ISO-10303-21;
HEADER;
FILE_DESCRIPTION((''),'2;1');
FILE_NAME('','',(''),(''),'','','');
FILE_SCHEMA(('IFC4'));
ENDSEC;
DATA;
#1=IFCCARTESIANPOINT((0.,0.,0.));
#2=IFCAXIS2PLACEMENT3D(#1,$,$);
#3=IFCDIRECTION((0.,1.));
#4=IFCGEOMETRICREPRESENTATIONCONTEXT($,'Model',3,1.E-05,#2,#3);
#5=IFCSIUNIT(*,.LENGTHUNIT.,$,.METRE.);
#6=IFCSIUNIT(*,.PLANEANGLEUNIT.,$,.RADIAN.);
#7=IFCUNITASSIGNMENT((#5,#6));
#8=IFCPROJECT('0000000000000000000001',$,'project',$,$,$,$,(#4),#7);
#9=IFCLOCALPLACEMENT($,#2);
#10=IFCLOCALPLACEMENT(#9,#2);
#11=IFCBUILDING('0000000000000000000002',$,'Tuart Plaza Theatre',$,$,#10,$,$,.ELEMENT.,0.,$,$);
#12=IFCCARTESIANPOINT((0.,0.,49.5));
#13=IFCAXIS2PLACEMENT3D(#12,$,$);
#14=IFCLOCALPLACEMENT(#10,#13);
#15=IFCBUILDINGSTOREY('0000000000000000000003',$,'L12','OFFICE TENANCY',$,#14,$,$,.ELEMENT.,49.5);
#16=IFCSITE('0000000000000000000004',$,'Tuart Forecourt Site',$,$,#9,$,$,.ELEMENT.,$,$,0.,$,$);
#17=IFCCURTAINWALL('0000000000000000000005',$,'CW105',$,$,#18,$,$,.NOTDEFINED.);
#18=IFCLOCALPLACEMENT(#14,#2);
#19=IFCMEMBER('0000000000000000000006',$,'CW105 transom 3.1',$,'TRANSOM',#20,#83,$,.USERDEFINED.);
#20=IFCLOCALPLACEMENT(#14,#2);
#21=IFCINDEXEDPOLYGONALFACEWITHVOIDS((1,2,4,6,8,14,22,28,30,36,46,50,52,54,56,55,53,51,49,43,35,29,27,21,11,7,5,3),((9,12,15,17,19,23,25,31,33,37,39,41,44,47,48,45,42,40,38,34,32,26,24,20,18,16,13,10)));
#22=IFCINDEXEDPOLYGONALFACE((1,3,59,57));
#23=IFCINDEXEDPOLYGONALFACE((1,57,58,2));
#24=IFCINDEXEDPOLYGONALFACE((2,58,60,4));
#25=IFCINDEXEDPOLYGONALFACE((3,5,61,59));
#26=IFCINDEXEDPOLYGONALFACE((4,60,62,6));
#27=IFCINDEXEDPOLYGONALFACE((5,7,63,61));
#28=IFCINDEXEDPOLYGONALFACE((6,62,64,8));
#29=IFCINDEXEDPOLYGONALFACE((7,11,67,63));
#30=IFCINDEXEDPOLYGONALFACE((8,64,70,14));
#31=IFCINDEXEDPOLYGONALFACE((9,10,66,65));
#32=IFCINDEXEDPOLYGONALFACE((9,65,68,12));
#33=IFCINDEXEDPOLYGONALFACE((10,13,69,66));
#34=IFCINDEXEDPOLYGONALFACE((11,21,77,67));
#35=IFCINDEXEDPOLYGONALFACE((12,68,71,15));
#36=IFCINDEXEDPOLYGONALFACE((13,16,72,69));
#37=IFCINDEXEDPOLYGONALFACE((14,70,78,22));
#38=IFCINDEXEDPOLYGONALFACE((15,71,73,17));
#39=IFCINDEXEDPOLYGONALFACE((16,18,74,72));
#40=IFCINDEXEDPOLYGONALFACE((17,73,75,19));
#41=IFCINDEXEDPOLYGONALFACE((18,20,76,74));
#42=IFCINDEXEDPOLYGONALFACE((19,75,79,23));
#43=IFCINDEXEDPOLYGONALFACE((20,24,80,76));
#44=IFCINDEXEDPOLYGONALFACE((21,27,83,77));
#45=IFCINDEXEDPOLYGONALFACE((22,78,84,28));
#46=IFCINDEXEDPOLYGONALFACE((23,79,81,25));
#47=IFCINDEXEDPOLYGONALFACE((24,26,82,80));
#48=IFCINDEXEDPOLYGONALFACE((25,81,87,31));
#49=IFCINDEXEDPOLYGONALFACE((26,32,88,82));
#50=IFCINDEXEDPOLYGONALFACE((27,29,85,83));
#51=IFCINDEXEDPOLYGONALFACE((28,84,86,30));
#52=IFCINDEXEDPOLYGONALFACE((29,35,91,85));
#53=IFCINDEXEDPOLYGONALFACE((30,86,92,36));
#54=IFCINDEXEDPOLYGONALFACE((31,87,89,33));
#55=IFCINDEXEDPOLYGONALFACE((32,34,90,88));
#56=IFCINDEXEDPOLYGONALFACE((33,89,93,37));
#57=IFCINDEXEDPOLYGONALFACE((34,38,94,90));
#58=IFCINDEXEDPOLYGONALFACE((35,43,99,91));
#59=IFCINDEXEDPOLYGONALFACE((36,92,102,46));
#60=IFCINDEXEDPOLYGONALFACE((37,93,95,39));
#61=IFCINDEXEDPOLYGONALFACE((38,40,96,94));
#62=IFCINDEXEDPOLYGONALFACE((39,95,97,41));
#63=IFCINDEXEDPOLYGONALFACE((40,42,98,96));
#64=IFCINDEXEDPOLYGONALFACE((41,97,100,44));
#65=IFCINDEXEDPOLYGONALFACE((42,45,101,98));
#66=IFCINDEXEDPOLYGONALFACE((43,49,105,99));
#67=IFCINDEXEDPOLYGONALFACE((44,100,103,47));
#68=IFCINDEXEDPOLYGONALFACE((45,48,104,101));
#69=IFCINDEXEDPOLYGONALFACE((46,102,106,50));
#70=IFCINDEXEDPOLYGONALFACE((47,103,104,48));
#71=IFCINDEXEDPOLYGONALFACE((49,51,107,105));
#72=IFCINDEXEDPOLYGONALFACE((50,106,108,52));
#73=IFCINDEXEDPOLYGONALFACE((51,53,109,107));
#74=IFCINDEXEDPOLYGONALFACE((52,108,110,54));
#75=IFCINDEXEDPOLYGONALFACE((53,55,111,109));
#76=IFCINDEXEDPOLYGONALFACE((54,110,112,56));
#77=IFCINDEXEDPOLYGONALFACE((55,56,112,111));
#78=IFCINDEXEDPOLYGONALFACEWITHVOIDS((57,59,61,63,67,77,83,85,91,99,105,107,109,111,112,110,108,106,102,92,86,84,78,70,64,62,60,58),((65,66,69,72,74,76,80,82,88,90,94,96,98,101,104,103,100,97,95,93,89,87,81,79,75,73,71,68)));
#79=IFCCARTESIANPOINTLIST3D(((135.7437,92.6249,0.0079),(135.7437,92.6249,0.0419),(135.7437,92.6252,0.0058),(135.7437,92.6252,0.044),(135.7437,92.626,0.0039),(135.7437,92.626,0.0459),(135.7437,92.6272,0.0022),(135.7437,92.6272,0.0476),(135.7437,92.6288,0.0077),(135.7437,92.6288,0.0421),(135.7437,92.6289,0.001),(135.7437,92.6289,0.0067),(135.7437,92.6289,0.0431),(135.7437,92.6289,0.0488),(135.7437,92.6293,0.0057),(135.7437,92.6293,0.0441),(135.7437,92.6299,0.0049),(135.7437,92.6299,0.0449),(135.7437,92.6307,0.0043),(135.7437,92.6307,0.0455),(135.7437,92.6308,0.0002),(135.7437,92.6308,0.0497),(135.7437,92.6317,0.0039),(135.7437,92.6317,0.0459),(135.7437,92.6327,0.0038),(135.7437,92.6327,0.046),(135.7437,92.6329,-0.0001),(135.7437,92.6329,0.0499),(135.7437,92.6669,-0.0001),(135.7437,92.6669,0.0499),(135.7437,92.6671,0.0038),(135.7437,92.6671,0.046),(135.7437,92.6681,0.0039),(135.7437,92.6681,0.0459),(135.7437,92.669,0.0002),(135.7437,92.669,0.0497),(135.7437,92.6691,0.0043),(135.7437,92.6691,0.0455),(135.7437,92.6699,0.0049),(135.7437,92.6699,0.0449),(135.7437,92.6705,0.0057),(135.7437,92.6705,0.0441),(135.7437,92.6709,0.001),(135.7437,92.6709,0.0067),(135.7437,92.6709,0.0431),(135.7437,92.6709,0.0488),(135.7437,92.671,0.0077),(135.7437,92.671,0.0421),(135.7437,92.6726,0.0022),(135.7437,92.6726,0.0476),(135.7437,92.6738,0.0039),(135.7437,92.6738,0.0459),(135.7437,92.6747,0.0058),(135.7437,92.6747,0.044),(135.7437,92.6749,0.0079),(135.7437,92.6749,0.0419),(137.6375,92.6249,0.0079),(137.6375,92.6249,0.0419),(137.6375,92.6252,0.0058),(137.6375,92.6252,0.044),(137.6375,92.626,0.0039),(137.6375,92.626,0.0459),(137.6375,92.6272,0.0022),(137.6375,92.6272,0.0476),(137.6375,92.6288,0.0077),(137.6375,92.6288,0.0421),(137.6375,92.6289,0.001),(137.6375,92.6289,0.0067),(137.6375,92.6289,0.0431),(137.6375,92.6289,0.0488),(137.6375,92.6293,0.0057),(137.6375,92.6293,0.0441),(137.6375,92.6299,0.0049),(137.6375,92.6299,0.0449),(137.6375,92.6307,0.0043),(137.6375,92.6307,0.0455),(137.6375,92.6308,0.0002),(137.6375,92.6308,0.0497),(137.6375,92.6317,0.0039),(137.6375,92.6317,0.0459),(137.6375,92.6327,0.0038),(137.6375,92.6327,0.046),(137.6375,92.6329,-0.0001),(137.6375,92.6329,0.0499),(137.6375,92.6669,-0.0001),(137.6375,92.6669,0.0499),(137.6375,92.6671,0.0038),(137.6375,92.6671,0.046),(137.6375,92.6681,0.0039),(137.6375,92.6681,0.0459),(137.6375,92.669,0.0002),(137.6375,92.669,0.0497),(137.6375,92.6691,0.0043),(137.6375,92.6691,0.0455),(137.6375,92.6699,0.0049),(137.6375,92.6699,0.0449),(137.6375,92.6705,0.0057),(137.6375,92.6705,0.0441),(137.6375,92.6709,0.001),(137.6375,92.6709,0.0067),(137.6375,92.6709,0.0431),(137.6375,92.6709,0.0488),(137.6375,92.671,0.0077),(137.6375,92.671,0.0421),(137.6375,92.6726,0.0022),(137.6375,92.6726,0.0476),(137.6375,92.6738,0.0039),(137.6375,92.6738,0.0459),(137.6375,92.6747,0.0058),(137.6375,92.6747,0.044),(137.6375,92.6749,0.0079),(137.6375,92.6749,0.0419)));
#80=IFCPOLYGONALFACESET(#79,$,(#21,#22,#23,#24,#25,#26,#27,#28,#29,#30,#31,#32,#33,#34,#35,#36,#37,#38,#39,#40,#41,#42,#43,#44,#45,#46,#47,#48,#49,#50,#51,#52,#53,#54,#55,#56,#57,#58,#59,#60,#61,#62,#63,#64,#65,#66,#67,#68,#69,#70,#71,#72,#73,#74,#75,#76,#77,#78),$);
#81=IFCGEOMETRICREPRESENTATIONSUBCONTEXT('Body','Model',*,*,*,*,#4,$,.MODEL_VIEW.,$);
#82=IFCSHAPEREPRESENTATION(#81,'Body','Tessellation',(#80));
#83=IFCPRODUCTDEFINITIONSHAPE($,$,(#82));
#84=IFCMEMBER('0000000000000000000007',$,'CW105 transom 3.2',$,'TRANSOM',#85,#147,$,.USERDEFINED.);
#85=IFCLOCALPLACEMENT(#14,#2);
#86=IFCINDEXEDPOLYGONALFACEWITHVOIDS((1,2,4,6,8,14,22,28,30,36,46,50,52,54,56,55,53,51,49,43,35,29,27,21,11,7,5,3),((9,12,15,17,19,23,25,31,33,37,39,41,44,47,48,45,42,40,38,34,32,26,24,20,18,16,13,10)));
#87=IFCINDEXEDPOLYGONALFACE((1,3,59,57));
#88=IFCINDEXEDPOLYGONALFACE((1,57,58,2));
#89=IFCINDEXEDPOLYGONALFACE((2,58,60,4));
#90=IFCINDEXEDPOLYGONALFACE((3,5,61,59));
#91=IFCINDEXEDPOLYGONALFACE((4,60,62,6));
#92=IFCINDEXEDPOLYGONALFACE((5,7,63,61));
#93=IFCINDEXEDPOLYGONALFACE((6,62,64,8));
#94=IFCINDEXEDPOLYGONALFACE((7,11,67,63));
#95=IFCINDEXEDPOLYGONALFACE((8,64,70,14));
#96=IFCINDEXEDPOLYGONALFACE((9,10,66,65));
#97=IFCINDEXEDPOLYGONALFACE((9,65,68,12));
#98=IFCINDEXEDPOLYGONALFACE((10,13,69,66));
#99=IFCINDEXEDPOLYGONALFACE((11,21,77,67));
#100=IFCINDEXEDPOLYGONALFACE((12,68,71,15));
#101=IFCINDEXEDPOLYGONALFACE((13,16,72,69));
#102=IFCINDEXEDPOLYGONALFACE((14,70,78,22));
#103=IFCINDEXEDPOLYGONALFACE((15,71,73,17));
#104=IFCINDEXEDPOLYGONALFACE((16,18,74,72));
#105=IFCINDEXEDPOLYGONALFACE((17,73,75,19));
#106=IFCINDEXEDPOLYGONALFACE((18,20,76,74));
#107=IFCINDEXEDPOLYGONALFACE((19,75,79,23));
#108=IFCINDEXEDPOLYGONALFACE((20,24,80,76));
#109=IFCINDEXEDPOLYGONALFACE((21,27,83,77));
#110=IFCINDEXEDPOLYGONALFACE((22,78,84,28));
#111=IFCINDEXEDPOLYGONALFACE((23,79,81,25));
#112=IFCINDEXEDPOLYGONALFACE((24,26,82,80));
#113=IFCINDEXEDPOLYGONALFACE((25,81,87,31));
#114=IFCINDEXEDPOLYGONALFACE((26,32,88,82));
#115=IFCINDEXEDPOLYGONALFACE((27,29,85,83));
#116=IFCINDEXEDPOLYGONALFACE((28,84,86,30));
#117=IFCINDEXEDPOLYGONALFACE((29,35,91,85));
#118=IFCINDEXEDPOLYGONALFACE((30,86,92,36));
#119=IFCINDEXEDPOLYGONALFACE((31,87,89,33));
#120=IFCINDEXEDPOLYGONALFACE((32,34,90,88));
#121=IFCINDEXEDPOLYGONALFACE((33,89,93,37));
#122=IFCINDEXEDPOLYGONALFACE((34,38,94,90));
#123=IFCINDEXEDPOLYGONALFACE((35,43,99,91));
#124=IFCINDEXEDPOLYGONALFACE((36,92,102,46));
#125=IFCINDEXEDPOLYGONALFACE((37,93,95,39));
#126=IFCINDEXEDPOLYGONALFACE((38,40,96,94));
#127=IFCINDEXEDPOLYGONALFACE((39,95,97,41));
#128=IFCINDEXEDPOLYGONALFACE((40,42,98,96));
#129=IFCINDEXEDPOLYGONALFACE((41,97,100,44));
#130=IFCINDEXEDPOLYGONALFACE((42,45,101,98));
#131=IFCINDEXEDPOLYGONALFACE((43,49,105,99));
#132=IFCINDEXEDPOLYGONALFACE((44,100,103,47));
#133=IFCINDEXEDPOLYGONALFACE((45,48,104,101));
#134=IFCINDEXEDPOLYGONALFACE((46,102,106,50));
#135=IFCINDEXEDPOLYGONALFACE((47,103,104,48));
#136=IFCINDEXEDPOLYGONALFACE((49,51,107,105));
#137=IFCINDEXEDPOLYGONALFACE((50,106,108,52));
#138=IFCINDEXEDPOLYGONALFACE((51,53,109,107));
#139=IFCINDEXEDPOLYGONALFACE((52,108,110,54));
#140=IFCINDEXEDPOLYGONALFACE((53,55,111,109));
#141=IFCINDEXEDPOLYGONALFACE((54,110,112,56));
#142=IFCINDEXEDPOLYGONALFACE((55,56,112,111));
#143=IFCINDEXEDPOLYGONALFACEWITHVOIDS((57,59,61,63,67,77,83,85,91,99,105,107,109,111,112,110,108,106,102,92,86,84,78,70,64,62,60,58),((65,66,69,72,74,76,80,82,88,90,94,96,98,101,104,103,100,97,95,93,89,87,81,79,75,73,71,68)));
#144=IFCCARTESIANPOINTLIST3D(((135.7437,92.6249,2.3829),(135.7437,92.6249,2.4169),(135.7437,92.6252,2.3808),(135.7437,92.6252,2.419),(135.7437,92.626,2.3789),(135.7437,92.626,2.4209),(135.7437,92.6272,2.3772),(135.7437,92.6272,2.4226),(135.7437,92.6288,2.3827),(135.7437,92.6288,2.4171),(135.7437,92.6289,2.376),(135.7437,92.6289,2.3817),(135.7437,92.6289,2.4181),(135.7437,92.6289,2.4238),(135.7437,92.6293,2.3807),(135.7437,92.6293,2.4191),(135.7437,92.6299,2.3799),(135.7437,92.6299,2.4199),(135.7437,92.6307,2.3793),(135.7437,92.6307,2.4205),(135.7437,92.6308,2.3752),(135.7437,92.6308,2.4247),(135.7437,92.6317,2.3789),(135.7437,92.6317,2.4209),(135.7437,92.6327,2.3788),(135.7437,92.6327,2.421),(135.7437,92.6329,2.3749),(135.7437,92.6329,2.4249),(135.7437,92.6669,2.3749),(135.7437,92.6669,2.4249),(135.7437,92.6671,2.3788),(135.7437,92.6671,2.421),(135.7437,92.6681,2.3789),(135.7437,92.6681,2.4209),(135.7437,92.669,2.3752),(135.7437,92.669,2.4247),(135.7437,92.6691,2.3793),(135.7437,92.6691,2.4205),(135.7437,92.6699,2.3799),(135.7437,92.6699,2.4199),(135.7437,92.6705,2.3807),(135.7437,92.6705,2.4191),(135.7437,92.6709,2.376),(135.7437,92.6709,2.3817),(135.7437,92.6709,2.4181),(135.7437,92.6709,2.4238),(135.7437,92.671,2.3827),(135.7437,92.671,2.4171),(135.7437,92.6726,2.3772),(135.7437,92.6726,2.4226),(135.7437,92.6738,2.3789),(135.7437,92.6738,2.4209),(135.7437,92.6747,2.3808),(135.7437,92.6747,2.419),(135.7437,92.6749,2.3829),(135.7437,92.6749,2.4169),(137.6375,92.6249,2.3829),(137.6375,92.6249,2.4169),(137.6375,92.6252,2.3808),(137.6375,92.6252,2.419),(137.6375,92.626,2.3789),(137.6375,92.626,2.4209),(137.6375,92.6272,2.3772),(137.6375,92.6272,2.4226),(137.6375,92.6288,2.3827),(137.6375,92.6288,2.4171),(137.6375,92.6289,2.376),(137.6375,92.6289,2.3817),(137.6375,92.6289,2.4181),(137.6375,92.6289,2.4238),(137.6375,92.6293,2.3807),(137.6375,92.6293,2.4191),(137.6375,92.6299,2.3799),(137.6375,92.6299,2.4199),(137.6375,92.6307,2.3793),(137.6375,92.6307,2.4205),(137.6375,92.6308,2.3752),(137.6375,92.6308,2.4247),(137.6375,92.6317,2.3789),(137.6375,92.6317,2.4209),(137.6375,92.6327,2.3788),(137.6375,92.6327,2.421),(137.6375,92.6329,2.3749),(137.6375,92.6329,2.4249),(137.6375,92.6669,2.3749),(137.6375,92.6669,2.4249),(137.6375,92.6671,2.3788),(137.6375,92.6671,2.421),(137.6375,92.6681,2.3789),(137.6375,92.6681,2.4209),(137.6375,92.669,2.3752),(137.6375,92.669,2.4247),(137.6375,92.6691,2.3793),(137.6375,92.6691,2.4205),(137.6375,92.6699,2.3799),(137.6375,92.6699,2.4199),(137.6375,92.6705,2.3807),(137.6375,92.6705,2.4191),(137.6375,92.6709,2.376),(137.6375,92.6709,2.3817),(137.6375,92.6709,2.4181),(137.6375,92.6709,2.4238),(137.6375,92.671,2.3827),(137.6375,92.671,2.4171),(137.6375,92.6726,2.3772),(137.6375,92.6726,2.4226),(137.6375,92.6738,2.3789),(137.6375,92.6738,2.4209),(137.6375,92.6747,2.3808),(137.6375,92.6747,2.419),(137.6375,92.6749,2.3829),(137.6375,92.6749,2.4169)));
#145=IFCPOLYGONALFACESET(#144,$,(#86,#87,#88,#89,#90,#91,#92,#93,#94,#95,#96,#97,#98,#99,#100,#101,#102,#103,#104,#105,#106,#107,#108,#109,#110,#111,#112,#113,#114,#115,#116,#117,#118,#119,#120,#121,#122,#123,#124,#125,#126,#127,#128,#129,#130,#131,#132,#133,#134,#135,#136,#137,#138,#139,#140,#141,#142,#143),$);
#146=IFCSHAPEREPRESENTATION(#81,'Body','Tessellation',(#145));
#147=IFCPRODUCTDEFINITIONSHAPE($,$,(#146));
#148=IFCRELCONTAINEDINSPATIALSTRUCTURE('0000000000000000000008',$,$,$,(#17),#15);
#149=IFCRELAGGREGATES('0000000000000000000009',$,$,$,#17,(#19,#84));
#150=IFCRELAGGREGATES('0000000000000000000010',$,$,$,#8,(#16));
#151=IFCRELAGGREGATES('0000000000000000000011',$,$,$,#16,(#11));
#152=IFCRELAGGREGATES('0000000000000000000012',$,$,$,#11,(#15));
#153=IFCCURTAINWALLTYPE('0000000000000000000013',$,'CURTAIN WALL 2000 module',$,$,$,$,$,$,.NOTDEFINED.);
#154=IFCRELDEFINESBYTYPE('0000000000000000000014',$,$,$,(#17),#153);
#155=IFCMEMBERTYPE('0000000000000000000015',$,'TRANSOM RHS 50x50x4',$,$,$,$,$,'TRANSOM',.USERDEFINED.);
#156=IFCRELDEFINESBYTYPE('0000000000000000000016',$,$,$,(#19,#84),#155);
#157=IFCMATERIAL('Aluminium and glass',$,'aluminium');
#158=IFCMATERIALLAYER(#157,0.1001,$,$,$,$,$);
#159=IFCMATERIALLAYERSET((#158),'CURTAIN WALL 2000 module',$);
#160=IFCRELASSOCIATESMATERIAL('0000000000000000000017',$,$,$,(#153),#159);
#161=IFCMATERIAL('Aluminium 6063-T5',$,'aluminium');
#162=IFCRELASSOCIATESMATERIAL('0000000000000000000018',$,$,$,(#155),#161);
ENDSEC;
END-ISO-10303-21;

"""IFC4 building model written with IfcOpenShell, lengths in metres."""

from ifc_helpers import new_model, si_unit, direction, frame, origin, origin_2d, place, context, subcontext, project, spatial, hollow_rectangle, extrude, material, layer, layer_set, material_profile, profile_set, type_object, element, aggregate, save


model = new_model("IFC4")

# Units and contexts
model_context = context("Model", 3, precision=1e-05, world=origin(), true_north=direction((0.0, 1.0)))
body_context = subcontext(model_context, "Body", "Model", "MODEL_VIEW")
ifc_project = project(units=[si_unit("LENGTHUNIT", "METRE"), si_unit("PLANEANGLEUNIT", "RADIAN")], contexts=[model_context])

# Site, building, storey
site_placement = place(None, origin())
site = spatial("IfcSite", under=ifc_project, at=site_placement, Name="Tuart Forecourt Site", CompositionType="ELEMENT", RefElevation=0.0)
building_placement = place(site_placement, origin())
building = spatial("IfcBuilding", under=site, at=building_placement, Name="Tuart Plaza Theatre", CompositionType="ELEMENT", ElevationOfRefHeight=0.0)
storey_placement = place(building_placement, frame((0.0, 0.0, 49.5)))
storey = spatial("IfcBuildingStorey", under=building, at=storey_placement, Name="L12", Description="OFFICE TENANCY", CompositionType="ELEMENT", Elevation=49.5)

# Shared definitions
ifc_material_1 = material(Name="Aluminium and glass", Category="aluminium")
ifc_layer_1 = layer(ifc_material_1, 0.1001)
ifc_layer_set_1 = layer_set([ifc_layer_1], Name="CURTAIN WALL 2000 module")
curtain_wall_type = type_object("IfcCurtainWallType", Name="CURTAIN WALL 2000 module", PredefinedType="NOTDEFINED", material=ifc_layer_set_1)

# Curtain wall, members
curtain_wall_1_placement = place(storey_placement, origin())
curtain_wall_1 = element("IfcCurtainWall", 1, at=curtain_wall_1_placement, inside=storey, type_object=curtain_wall_type, Name="CW105", PredefinedType="NOTDEFINED")
ifc_material_2 = material(Name="Aluminium 6063-T5", Category="aluminium")
ifc_material_profile_1 = material_profile(ifc_material_2, hollow_rectangle(XDim=0.05, YDim=0.05, WallThickness=0.0039, InnerFilletRadius=0.0039, OuterFilletRadius=0.0081, at=origin_2d()), Name="RHS 50x50x4")
ifc_profile_set_1 = profile_set([ifc_material_profile_1], Name="Aluminium 6063-T5")
member_type_1 = type_object("IfcMemberType", Name="TRANSOM RHS 50x50x4", ElementType="TRANSOM", PredefinedType="USERDEFINED", material=ifc_profile_set_1)
member_1_placement = place(storey_placement, frame((137.6375, 92.6499, 0.0249), z_axis=(-1.0, 0.0, 0.0), x_axis=(0.0, -1.0, 0.0)))
member_1 = element("IfcMember", 2, at=member_1_placement, type_object=member_type_1, Name="CW105 transom 3.1", ObjectType="TRANSOM", PredefinedType="USERDEFINED", context=body_context, shape_type="SweptSolid", body=[
    extrude(hollow_rectangle(XDim=0.05, YDim=0.05, WallThickness=0.0039, InnerFilletRadius=0.0039, OuterFilletRadius=0.0081, at=origin_2d()), origin(), (0.0, 0.0, 1.0), 1.8938),
])
member_2_placement = place(storey_placement, frame((137.6375, 92.6499, 2.3999), z_axis=(-1.0, 0.0, 0.0), x_axis=(0.0, -1.0, 0.0)))
member_2 = element("IfcMember", 3, at=member_2_placement, type_object=member_type_1, Name="CW105 transom 3.2", ObjectType="TRANSOM", PredefinedType="USERDEFINED", context=body_context, shape_type="SweptSolid", body=[
    extrude(hollow_rectangle(XDim=0.05, YDim=0.05, WallThickness=0.0039, InnerFilletRadius=0.0039, OuterFilletRadius=0.0081, at=origin_2d()), origin(), (0.0, 0.0, 1.0), 1.8938),
])
aggregate(curtain_wall_1, [member_1, member_2])

save(model, "model.ifc")
